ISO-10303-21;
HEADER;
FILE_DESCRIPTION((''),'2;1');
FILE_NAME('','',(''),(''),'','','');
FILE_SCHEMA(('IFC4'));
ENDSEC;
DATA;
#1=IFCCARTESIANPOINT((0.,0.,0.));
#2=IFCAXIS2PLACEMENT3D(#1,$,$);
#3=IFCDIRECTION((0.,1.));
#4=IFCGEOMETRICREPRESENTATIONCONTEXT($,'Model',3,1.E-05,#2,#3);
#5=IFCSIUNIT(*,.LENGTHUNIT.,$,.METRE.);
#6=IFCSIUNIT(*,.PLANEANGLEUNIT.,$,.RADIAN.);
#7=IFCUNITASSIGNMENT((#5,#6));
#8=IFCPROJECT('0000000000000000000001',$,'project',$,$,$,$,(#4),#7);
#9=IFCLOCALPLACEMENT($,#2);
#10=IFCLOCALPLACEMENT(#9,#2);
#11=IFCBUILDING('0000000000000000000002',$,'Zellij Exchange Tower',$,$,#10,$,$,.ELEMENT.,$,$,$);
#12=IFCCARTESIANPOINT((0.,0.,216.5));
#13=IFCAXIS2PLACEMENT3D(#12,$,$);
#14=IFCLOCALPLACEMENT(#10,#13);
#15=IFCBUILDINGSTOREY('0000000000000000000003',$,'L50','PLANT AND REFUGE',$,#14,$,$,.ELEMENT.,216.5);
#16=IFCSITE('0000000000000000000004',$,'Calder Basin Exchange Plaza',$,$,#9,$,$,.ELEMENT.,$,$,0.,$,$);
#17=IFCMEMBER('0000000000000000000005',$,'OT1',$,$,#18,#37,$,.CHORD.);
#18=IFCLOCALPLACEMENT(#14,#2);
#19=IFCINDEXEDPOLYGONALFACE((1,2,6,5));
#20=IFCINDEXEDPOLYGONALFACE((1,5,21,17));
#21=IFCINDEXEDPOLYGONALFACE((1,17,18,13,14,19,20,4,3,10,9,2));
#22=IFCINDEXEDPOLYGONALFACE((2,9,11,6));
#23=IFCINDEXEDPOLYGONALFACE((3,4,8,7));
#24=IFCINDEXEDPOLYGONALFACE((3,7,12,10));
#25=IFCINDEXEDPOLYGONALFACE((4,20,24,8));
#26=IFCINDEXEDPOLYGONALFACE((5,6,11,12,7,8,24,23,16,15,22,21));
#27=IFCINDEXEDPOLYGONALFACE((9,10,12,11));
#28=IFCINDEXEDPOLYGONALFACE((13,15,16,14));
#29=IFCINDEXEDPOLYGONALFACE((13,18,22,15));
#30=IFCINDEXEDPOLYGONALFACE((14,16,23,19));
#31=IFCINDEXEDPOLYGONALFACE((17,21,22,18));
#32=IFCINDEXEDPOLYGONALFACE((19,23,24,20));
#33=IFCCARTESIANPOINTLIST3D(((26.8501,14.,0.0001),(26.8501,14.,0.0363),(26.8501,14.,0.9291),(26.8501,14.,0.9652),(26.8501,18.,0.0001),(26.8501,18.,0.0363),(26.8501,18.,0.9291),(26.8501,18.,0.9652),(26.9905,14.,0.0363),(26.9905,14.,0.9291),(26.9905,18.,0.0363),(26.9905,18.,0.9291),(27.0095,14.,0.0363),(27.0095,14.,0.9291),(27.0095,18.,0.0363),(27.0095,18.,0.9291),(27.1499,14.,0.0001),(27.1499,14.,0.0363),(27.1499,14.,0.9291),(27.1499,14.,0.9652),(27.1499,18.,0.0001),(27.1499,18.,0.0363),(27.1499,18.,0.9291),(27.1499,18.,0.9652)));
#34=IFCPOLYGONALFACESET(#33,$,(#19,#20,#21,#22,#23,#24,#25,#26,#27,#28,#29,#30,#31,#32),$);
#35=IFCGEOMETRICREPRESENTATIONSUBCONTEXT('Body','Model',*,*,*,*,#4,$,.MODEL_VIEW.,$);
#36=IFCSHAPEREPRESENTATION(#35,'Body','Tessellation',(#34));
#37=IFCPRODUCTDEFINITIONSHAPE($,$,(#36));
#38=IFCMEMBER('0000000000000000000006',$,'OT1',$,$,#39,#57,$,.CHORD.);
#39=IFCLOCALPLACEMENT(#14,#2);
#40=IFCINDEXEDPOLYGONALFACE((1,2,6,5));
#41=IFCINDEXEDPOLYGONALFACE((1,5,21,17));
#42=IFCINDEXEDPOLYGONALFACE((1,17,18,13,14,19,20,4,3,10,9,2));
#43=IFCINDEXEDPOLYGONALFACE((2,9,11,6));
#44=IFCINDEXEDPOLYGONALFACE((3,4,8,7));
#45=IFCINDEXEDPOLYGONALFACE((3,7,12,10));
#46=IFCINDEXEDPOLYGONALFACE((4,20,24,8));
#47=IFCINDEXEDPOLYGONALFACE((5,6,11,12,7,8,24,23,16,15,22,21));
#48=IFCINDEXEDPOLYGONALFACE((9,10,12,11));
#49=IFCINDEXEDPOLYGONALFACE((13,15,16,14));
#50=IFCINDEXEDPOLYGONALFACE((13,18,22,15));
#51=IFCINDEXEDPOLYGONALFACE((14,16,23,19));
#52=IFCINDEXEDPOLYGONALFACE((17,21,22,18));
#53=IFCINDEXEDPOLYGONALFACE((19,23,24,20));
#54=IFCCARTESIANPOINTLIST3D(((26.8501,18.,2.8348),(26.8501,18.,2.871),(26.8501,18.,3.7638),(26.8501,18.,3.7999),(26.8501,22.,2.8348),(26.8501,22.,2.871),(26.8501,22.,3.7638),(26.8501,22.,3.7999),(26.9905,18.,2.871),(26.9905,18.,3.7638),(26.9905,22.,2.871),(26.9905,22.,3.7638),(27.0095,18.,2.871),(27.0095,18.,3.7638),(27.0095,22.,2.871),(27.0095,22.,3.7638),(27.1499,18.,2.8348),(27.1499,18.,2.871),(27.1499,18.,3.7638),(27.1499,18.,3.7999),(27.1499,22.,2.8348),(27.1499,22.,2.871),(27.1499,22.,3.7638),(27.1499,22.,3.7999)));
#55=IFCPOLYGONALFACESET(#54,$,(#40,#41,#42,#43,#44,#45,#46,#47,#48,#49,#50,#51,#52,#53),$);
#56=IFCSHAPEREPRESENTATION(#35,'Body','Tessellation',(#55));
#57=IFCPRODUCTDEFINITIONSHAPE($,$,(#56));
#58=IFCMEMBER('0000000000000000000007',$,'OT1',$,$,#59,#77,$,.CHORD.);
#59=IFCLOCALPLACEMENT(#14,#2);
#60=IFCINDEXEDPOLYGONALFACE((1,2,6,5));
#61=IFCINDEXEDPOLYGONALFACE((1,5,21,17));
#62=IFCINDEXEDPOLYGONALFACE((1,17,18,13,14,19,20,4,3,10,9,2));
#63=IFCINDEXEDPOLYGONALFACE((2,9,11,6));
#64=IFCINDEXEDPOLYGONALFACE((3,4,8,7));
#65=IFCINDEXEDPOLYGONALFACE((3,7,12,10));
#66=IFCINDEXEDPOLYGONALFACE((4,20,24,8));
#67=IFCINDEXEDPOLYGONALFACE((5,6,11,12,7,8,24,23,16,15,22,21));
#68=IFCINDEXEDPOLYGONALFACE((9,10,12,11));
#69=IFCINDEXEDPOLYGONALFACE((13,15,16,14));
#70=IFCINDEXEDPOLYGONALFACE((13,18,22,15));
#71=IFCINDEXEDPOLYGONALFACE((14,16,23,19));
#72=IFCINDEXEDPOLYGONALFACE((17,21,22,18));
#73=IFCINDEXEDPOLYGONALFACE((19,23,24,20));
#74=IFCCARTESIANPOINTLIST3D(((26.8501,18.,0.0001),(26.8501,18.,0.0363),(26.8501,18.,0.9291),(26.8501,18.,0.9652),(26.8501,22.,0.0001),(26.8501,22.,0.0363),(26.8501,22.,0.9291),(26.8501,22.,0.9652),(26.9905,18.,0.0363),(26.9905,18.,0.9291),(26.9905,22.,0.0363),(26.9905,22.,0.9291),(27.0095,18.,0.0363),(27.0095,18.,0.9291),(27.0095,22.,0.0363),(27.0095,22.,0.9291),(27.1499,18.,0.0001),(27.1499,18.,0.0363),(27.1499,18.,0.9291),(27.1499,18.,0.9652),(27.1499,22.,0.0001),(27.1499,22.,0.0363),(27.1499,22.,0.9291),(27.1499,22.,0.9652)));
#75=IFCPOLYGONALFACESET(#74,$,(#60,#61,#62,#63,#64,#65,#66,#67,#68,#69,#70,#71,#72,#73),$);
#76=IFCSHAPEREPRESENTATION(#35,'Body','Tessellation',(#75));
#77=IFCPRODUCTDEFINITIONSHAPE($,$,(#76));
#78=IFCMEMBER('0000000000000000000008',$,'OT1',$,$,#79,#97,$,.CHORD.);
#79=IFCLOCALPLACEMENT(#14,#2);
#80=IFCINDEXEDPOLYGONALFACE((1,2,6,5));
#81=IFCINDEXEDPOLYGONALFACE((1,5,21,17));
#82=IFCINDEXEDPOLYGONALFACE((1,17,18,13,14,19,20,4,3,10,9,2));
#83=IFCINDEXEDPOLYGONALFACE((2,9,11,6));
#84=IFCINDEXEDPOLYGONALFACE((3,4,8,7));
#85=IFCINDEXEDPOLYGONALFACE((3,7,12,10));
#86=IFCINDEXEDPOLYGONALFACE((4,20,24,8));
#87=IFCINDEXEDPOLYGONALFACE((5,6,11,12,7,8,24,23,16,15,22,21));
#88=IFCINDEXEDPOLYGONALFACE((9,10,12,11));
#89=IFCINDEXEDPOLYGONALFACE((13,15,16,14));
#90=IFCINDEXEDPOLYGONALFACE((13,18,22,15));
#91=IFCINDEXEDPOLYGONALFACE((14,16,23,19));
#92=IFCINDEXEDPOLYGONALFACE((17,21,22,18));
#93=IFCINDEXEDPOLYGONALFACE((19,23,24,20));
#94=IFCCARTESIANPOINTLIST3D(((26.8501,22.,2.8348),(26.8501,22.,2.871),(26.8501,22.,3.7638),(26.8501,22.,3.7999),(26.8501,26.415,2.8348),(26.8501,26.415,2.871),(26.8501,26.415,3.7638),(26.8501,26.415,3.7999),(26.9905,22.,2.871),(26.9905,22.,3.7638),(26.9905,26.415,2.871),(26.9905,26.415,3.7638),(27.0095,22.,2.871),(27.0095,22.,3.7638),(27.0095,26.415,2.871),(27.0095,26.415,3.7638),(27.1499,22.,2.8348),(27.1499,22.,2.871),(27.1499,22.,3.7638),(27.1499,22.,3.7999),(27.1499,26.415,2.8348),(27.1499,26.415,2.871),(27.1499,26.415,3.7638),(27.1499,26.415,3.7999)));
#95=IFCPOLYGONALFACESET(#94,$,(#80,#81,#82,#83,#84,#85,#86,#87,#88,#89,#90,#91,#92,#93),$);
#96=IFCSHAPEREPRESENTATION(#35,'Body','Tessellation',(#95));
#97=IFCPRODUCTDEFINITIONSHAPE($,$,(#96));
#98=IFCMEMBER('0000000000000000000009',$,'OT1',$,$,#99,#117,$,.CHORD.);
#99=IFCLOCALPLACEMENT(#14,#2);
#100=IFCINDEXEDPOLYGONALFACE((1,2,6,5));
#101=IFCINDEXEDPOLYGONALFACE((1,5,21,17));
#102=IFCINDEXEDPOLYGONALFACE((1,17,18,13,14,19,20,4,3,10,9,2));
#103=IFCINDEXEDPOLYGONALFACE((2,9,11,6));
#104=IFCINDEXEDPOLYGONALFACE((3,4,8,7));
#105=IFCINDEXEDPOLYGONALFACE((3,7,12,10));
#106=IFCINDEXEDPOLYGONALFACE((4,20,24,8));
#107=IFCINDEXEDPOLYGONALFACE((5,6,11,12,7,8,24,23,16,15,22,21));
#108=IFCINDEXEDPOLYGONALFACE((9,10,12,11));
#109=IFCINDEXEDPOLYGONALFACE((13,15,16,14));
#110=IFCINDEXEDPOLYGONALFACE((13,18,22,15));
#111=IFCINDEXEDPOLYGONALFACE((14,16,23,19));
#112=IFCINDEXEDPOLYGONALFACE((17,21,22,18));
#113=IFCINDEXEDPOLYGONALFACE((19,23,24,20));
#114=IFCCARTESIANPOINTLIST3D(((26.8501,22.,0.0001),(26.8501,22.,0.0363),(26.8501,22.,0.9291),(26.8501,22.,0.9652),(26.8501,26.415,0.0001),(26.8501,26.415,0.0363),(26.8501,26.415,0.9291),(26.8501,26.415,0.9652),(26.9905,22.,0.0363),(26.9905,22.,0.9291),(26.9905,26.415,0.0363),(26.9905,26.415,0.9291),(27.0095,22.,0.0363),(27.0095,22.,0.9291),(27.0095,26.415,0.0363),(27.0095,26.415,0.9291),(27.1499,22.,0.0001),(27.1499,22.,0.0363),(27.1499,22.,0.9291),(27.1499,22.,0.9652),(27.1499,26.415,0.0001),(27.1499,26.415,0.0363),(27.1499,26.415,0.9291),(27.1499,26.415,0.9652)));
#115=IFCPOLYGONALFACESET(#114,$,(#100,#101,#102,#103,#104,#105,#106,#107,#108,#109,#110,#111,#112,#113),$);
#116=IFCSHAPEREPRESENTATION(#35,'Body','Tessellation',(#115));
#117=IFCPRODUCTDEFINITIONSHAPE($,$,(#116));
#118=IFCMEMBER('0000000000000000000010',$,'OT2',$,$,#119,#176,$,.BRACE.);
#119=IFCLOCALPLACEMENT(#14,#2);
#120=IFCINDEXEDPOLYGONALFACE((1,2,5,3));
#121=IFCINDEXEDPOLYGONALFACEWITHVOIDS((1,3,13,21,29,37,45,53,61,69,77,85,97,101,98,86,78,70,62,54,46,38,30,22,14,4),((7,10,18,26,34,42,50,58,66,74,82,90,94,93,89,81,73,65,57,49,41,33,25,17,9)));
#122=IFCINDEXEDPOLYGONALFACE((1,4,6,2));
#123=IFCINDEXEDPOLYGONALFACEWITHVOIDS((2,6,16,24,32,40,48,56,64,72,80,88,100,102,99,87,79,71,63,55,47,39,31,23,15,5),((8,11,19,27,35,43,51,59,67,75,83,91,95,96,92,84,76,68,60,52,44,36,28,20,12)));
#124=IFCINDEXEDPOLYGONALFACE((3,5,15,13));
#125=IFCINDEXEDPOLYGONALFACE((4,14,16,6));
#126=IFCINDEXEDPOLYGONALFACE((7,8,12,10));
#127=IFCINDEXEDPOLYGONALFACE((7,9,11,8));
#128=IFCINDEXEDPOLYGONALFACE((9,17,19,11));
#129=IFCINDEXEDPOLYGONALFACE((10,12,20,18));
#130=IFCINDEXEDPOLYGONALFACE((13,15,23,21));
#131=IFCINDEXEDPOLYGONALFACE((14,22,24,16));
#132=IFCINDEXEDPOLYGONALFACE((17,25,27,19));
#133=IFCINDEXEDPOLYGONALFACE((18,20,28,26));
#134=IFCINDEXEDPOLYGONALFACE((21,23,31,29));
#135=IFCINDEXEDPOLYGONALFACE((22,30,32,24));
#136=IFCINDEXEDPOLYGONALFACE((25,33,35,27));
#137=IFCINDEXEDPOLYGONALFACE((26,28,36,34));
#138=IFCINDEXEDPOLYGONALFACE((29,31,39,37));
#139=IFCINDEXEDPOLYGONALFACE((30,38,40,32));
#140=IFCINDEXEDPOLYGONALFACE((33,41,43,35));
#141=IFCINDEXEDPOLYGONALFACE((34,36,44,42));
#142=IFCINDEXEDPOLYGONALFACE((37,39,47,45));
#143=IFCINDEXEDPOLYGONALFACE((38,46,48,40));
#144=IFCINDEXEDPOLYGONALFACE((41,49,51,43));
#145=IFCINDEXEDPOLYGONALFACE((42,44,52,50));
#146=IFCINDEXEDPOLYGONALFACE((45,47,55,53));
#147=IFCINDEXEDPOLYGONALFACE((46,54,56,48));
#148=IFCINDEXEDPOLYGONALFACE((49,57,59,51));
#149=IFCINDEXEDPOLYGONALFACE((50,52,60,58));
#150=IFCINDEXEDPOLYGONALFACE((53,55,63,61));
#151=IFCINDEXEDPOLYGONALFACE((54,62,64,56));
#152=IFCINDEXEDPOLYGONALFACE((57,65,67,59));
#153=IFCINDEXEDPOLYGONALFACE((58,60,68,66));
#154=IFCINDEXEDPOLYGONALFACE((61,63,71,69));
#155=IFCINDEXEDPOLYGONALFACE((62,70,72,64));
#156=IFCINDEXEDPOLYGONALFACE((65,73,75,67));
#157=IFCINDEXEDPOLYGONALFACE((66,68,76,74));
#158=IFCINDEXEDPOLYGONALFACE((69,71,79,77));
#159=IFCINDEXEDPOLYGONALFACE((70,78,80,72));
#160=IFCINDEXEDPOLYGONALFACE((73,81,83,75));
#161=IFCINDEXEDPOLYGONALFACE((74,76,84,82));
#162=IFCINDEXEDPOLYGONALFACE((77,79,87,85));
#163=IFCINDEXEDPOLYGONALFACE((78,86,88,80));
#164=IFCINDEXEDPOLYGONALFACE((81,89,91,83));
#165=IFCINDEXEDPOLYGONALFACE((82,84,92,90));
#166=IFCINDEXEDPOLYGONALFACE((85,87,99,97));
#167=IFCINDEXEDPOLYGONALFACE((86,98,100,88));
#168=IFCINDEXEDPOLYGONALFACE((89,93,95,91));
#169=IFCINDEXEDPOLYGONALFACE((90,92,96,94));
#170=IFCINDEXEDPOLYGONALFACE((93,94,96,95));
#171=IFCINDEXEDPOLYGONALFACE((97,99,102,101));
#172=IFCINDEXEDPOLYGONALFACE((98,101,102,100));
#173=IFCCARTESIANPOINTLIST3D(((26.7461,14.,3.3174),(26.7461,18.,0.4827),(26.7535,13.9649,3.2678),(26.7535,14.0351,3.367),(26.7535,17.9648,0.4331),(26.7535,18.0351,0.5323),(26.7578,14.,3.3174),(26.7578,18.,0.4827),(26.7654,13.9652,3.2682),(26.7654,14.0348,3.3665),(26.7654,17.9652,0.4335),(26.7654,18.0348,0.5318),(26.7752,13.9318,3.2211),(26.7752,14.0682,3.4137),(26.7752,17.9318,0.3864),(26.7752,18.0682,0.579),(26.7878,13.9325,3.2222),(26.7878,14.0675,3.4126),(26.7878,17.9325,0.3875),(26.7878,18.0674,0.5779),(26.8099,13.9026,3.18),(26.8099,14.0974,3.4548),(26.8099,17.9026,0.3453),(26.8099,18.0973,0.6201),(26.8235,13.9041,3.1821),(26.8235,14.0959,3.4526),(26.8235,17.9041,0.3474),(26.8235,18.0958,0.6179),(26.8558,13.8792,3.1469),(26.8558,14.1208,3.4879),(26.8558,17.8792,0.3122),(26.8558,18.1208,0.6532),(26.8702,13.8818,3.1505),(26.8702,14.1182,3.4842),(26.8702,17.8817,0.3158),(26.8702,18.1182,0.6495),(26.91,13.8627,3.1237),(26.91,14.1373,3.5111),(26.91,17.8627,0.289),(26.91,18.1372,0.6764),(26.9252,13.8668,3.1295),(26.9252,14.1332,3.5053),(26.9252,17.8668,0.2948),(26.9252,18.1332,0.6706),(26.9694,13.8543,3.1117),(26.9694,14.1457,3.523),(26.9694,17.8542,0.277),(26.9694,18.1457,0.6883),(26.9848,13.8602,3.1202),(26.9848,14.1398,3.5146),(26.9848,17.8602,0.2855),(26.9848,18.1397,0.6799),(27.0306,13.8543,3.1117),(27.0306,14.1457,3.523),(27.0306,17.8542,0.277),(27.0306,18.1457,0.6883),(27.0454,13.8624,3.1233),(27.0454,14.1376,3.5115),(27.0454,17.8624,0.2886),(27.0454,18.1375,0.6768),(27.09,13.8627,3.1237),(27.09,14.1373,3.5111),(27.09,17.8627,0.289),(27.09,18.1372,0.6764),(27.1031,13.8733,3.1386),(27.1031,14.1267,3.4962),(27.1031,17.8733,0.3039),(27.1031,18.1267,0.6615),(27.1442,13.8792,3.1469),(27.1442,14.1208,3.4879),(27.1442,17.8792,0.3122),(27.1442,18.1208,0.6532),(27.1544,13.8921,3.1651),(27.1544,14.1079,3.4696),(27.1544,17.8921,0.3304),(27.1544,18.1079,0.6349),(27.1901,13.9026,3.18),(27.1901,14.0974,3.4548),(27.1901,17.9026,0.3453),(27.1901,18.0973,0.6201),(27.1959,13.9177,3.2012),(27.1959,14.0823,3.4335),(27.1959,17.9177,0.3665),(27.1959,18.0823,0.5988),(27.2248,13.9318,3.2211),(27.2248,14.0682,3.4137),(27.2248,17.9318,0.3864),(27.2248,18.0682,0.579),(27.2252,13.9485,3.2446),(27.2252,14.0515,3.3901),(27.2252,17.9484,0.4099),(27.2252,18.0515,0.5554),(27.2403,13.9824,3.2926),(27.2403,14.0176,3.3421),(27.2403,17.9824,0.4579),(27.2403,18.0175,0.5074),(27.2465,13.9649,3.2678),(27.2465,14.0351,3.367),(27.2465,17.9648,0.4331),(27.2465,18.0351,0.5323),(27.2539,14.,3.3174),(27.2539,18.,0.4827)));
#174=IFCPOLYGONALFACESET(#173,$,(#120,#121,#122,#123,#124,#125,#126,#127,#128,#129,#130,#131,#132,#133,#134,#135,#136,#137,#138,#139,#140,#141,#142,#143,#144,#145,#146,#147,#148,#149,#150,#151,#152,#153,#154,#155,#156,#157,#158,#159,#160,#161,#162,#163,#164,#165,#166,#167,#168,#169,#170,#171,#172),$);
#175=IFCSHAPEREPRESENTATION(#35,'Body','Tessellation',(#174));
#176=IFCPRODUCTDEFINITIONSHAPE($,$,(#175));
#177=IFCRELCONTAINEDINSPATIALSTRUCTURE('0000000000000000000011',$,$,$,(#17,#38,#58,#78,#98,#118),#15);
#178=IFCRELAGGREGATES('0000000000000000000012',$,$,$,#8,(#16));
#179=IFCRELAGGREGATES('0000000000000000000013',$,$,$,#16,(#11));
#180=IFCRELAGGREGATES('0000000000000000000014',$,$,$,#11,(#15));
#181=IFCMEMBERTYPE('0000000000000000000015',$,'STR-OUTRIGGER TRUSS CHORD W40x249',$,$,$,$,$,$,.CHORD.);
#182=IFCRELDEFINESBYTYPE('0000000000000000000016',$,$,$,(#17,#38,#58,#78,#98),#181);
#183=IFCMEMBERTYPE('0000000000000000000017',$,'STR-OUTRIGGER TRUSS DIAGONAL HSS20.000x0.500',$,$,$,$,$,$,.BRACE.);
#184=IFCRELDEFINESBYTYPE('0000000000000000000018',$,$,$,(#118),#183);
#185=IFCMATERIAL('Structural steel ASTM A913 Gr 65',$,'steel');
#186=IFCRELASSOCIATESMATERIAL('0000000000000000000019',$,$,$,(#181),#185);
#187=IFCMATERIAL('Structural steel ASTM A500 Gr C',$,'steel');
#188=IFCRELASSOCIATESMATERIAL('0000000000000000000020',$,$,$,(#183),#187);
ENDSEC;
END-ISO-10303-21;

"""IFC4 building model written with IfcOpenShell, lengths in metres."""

from ifc_helpers import new_model, si_unit, direction, frame, origin, origin_2d, place, context, subcontext, project, spatial, hollow_circle, i_section, extrude, material, material_profile, profile_set, type_object, element, save


model = new_model("IFC4")

# Units and contexts
model_context = context("Model", 3, precision=1e-05, world=origin(), true_north=direction((0.0, 1.0)))
body_context = subcontext(model_context, "Body", "Model", "MODEL_VIEW")
ifc_project = project(units=[si_unit("LENGTHUNIT", "METRE"), si_unit("PLANEANGLEUNIT", "RADIAN")], contexts=[model_context])

# Site, building, storey
site_placement = place(None, origin())
site = spatial("IfcSite", under=ifc_project, at=site_placement, Name="Calder Basin Exchange Plaza", CompositionType="ELEMENT", RefElevation=0.0)
building_placement = place(site_placement, origin())
building = spatial("IfcBuilding", under=site, at=building_placement, Name="Zellij Exchange Tower", CompositionType="ELEMENT")
storey_placement = place(building_placement, frame((0.0, 0.0, 216.5)))
storey = spatial("IfcBuildingStorey", under=building, at=storey_placement, Name="L50", Description="PLANT AND REFUGE", CompositionType="ELEMENT", Elevation=216.5)

# Shared definitions
ifc_material_1 = material(Name="Structural steel ASTM A913 Gr 65", Category="steel")

# Members
ifc_material_profile_1 = material_profile(ifc_material_1, i_section(OverallWidth=0.2998, OverallDepth=0.9651, WebThickness=0.019, FlangeThickness=0.0361, at=origin_2d()), Name="W40x249")
ifc_profile_set_1 = profile_set([ifc_material_profile_1], Name="Structural steel ASTM A913 Gr 65")
member_type_1 = type_object("IfcMemberType", Name="STR-OUTRIGGER TRUSS CHORD W40x249", PredefinedType="CHORD", material=ifc_profile_set_1)
for number, where, z_axis, x_axis, name in (
    (1, (27.0, 14.0, 0.4827), (0.0, 1.0, 0.0), (-1.0, 0.0, 0.0), "OT1"),
    (2, (27.0, 18.0, 3.3174), (0.0, 1.0, 0.0), (-1.0, 0.0, 0.0), "OT1"),
    (3, (27.0, 18.0, 0.4827), (0.0, 1.0, 0.0), (-1.0, 0.0, 0.0), "OT1"),
):
    element("IfcMember", number, at=place(storey_placement, frame(where, z_axis=z_axis, x_axis=x_axis)), inside=storey, type_object=member_type_1, Name=name, PredefinedType="CHORD", context=body_context, shape_type="SweptSolid", body=[
        extrude(i_section(OverallWidth=0.2998, OverallDepth=0.9651, WebThickness=0.019, FlangeThickness=0.0361, at=origin_2d()), origin(), (0.0, 0.0, 1.0), 4.0),
    ])
for number, where, z_axis, x_axis, name in (
    (4, (27.0, 22.0, 3.3174), (0.0, 1.0, 0.0), (-1.0, 0.0, 0.0), "OT1"),
    (5, (27.0, 22.0, 0.4827), (0.0, 1.0, 0.0), (-1.0, 0.0, 0.0), "OT1"),
):
    element("IfcMember", number, at=place(storey_placement, frame(where, z_axis=z_axis, x_axis=x_axis)), inside=storey, type_object=member_type_1, Name=name, PredefinedType="CHORD", context=body_context, shape_type="SweptSolid", body=[
        extrude(i_section(OverallWidth=0.2998, OverallDepth=0.9651, WebThickness=0.019, FlangeThickness=0.0361, at=origin_2d()), origin(), (0.0, 0.0, 1.0), 4.415),
    ])
ifc_material_2 = material(Name="Structural steel ASTM A500 Gr C", Category="steel")
ifc_material_profile_2 = material_profile(ifc_material_2, hollow_circle(Radius=0.2539, WallThickness=0.0117, at=origin_2d()), Name="STR-OUTRIGGER TRUSS DIAGONAL HSS20.000x0.500")
ifc_profile_set_2 = profile_set([ifc_material_profile_2], Name="Structural steel ASTM A500 Gr C")
member_type_2 = type_object("IfcMemberType", Name="STR-OUTRIGGER TRUSS DIAGONAL HSS20.000x0.500", PredefinedType="BRACE", material=ifc_profile_set_2)
for number, where, z_axis, x_axis, name in (
    (6, (27.0, 14.0, 3.3174), (0.0, 0.815891, -0.578205), (-1.0, 0.0, 0.0), "OT2"),
):
    element("IfcMember", number, at=place(storey_placement, frame(where, z_axis=z_axis, x_axis=x_axis)), inside=storey, type_object=member_type_2, Name=name, PredefinedType="BRACE", context=body_context, shape_type="SweptSolid", body=[
        extrude(hollow_circle(Radius=0.2539, WallThickness=0.0117, at=origin_2d()), origin(), (0.0, 0.0, 1.0), 4.9026),
    ])

save(model, "model.ifc")
